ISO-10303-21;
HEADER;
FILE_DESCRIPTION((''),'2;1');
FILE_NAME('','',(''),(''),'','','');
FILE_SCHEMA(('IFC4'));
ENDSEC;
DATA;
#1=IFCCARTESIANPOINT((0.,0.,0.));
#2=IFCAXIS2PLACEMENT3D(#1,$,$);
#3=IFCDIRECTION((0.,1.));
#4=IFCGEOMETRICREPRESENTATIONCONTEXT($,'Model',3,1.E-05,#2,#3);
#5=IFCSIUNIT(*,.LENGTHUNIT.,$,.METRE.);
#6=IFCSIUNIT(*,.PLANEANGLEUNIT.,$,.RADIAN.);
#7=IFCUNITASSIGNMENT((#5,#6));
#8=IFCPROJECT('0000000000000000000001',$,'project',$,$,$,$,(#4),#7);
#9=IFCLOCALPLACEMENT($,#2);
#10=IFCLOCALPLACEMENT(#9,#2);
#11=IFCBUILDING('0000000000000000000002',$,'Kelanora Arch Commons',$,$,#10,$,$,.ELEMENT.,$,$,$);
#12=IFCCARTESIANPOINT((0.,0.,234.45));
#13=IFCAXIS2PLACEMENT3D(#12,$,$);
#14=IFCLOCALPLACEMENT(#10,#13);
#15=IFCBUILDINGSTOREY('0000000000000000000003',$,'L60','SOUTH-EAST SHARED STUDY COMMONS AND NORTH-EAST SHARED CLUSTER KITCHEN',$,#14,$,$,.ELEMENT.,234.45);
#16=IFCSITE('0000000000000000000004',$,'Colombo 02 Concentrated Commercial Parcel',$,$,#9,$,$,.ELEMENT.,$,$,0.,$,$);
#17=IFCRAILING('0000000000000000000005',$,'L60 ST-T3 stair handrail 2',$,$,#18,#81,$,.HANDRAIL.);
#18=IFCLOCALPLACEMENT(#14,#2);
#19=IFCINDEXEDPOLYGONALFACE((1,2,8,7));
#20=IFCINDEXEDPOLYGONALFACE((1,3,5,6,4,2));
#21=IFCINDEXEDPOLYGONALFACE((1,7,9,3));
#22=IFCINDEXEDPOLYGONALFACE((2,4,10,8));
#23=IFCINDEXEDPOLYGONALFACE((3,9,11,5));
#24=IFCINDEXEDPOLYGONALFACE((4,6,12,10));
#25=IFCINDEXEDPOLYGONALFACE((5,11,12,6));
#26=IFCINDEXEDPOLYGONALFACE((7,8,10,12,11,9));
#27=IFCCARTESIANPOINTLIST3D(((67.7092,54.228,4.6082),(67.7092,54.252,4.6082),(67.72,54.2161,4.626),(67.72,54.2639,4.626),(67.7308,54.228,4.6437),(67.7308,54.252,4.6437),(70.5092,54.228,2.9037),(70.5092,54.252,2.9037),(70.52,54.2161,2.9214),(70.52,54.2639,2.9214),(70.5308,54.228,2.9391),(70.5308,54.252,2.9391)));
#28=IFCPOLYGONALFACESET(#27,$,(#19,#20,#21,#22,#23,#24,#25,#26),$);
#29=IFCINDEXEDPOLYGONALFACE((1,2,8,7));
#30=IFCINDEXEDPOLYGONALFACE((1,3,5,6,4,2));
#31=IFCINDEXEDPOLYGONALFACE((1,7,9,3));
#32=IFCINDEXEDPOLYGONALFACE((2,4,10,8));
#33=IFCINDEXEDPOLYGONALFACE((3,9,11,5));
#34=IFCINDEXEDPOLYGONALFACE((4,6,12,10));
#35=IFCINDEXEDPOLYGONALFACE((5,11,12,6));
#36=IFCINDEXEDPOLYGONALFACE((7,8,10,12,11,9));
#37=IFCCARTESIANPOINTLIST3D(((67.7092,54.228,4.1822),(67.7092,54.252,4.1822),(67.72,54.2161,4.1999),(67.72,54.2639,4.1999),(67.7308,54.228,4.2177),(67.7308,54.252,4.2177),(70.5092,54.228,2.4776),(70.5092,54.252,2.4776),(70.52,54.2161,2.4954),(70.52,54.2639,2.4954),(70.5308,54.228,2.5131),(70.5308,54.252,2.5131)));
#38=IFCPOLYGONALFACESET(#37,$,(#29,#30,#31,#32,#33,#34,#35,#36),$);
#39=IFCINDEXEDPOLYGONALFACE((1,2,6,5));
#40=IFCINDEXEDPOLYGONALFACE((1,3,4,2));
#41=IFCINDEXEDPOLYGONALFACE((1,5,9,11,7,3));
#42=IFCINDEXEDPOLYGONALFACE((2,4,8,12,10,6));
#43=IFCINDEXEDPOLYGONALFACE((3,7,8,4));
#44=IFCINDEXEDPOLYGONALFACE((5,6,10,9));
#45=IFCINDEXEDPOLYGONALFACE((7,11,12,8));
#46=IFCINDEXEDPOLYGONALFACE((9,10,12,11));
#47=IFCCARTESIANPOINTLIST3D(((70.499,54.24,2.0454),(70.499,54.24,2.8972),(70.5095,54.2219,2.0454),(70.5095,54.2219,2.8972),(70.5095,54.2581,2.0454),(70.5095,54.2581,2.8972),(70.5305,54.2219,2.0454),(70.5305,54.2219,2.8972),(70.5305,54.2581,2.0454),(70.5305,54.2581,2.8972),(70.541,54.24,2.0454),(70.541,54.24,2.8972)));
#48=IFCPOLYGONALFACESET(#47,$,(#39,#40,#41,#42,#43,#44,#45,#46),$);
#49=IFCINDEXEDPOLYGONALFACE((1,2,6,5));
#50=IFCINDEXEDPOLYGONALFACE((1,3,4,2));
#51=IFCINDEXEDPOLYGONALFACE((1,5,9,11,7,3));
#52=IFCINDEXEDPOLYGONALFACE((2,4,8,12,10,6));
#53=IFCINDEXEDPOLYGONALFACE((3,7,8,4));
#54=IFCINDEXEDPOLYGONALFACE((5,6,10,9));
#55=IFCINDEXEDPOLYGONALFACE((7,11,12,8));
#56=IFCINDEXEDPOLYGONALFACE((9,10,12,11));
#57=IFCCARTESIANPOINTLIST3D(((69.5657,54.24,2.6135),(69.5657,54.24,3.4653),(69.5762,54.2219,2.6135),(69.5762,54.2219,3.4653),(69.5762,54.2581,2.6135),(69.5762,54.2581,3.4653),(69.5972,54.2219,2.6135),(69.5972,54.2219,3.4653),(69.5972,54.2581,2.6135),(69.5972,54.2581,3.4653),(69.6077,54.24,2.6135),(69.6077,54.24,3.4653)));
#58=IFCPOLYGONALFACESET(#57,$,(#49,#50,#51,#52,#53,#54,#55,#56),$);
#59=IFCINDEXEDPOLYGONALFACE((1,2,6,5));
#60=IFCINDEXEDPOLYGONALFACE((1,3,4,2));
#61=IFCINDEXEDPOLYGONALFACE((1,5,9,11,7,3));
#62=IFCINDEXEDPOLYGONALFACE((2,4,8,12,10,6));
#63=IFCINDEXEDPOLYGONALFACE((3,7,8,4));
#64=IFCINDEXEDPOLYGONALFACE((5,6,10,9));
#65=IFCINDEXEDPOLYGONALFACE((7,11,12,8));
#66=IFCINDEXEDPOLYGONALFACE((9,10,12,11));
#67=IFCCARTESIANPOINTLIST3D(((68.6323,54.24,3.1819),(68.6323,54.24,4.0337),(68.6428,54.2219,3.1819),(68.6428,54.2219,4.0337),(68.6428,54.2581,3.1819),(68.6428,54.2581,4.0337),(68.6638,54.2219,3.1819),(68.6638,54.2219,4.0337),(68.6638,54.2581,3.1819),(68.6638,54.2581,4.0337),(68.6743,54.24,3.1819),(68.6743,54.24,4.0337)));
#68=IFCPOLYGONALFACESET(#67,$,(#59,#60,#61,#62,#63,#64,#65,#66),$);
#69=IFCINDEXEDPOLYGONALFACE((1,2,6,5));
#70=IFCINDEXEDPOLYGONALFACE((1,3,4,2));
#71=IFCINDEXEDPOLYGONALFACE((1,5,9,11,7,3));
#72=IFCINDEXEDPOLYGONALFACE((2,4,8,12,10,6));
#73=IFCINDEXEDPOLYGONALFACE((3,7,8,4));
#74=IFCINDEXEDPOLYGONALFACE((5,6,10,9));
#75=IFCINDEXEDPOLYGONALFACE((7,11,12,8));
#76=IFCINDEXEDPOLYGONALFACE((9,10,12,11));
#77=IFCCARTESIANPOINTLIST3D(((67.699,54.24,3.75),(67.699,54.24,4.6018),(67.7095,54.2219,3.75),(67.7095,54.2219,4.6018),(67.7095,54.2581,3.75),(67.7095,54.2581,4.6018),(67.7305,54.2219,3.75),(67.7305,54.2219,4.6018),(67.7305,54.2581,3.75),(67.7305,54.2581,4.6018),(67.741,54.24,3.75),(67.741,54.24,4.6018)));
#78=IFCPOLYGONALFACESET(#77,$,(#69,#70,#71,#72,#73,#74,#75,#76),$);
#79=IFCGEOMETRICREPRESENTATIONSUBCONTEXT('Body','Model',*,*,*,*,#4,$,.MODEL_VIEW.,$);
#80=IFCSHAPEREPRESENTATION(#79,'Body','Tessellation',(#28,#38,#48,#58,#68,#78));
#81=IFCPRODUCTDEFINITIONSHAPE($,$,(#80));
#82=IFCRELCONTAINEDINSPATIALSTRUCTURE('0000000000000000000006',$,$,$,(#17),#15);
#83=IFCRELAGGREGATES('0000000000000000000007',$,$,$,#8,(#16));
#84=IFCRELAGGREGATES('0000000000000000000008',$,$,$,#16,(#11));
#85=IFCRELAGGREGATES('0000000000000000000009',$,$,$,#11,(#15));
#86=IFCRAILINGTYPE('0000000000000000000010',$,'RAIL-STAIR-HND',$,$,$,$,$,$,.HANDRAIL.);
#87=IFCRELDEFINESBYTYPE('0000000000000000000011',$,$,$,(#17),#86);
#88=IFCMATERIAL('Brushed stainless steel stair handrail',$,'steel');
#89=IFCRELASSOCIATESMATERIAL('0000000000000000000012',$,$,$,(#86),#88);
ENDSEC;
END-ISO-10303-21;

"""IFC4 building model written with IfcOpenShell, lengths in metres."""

from ifc_helpers import new_model, si_unit, direction, frame, origin, place, context, subcontext, project, spatial, polyline, outline, extrude, material, type_object, element, save


model = new_model("IFC4")

# Units and contexts
model_context = context("Model", 3, precision=1e-05, world=origin(), true_north=direction((0.0, 1.0)))
body_context = subcontext(model_context, "Body", "Model", "MODEL_VIEW")
ifc_project = project(units=[si_unit("LENGTHUNIT", "METRE"), si_unit("PLANEANGLEUNIT", "RADIAN")], contexts=[model_context])

# Site, building, storey
site_placement = place(None, origin())
site = spatial("IfcSite", under=ifc_project, at=site_placement, Name="Colombo 02 Concentrated Commercial Parcel", CompositionType="ELEMENT", RefElevation=0.0)
building_placement = place(site_placement, origin())
building = spatial("IfcBuilding", under=site, at=building_placement, Name="Kelanora Arch Commons", CompositionType="ELEMENT")
storey_placement = place(building_placement, frame((0.0, 0.0, 234.45)))
storey = spatial("IfcBuildingStorey", under=building, at=storey_placement, Name="L60", Description="SOUTH-EAST SHARED STUDY COMMONS AND NORTH-EAST SHARED CLUSTER KITCHEN", CompositionType="ELEMENT", Elevation=234.45)

# Railing
ifc_material_1 = material(Name="Brushed stainless steel stair handrail", Category="steel")
railing_type_1 = type_object("IfcRailingType", Name="RAIL-STAIR-HND", PredefinedType="HANDRAIL", material=ifc_material_1)
railing_1_placement = place(storey_placement, frame((70.52, 54.24, 2.0454)))
element("IfcRailing", 1, at=railing_1_placement, inside=storey, type_object=railing_type_1, Name="L60 ST-T3 stair handrail 2", PredefinedType="HANDRAIL", context=body_context, shape_type="SweptSolid", body=[
    extrude(outline(polyline([(0.0239, 0.0), (0.012, 0.0208), (-0.012, 0.0208), (-0.0239, 0.0), (-0.012, -0.0208), (0.012, -0.0208), (0.0239, 0.0)])), frame((0.0, 0.0, 0.876), z_axis=(-0.85417, 0.0, 0.519994), x_axis=(0.0, -1.0, 0.0)), (0.0, 0.0, 1.0), 3.2781),
    extrude(outline(polyline([(0.0239, 0.0), (0.012, 0.0208), (-0.012, 0.0208), (-0.0239, 0.0), (-0.012, -0.0208), (0.012, -0.0208), (0.0239, 0.0)])), frame((0.0, 0.0, 0.45), z_axis=(-0.85417, 0.0, 0.519994), x_axis=(0.0, -1.0, 0.0)), (0.0, 0.0, 1.0), 3.2781),
    extrude(outline(polyline([(0.021, 0.0), (0.0105, 0.0181), (-0.0105, 0.0181), (-0.021, 0.0), (-0.0105, -0.0181), (0.0105, -0.0181), (0.021, 0.0)])), origin(), (0.0, 0.0, 1.0), 0.8518),
    extrude(outline(polyline([(0.021, 0.0), (0.0105, 0.0181), (-0.0105, 0.0181), (-0.021, 0.0), (-0.0105, -0.0181), (0.0105, -0.0181), (0.021, 0.0)])), frame((-0.9333, 0.0, 0.5681)), (0.0, 0.0, 1.0), 0.8518),
    extrude(outline(polyline([(0.021, 0.0), (0.0105, 0.0181), (-0.0105, 0.0181), (-0.021, 0.0), (-0.0105, -0.0181), (0.0105, -0.0181), (0.021, 0.0)])), frame((-1.8667, 0.0, 1.1365)), (0.0, 0.0, 1.0), 0.8518),
    extrude(outline(polyline([(0.021, 0.0), (0.0105, 0.0181), (-0.0105, 0.0181), (-0.021, 0.0), (-0.0105, -0.0181), (0.0105, -0.0181), (0.021, 0.0)])), frame((-2.8, 0.0, 1.7046)), (0.0, 0.0, 1.0), 0.8518),
])

save(model, "model.ifc")
